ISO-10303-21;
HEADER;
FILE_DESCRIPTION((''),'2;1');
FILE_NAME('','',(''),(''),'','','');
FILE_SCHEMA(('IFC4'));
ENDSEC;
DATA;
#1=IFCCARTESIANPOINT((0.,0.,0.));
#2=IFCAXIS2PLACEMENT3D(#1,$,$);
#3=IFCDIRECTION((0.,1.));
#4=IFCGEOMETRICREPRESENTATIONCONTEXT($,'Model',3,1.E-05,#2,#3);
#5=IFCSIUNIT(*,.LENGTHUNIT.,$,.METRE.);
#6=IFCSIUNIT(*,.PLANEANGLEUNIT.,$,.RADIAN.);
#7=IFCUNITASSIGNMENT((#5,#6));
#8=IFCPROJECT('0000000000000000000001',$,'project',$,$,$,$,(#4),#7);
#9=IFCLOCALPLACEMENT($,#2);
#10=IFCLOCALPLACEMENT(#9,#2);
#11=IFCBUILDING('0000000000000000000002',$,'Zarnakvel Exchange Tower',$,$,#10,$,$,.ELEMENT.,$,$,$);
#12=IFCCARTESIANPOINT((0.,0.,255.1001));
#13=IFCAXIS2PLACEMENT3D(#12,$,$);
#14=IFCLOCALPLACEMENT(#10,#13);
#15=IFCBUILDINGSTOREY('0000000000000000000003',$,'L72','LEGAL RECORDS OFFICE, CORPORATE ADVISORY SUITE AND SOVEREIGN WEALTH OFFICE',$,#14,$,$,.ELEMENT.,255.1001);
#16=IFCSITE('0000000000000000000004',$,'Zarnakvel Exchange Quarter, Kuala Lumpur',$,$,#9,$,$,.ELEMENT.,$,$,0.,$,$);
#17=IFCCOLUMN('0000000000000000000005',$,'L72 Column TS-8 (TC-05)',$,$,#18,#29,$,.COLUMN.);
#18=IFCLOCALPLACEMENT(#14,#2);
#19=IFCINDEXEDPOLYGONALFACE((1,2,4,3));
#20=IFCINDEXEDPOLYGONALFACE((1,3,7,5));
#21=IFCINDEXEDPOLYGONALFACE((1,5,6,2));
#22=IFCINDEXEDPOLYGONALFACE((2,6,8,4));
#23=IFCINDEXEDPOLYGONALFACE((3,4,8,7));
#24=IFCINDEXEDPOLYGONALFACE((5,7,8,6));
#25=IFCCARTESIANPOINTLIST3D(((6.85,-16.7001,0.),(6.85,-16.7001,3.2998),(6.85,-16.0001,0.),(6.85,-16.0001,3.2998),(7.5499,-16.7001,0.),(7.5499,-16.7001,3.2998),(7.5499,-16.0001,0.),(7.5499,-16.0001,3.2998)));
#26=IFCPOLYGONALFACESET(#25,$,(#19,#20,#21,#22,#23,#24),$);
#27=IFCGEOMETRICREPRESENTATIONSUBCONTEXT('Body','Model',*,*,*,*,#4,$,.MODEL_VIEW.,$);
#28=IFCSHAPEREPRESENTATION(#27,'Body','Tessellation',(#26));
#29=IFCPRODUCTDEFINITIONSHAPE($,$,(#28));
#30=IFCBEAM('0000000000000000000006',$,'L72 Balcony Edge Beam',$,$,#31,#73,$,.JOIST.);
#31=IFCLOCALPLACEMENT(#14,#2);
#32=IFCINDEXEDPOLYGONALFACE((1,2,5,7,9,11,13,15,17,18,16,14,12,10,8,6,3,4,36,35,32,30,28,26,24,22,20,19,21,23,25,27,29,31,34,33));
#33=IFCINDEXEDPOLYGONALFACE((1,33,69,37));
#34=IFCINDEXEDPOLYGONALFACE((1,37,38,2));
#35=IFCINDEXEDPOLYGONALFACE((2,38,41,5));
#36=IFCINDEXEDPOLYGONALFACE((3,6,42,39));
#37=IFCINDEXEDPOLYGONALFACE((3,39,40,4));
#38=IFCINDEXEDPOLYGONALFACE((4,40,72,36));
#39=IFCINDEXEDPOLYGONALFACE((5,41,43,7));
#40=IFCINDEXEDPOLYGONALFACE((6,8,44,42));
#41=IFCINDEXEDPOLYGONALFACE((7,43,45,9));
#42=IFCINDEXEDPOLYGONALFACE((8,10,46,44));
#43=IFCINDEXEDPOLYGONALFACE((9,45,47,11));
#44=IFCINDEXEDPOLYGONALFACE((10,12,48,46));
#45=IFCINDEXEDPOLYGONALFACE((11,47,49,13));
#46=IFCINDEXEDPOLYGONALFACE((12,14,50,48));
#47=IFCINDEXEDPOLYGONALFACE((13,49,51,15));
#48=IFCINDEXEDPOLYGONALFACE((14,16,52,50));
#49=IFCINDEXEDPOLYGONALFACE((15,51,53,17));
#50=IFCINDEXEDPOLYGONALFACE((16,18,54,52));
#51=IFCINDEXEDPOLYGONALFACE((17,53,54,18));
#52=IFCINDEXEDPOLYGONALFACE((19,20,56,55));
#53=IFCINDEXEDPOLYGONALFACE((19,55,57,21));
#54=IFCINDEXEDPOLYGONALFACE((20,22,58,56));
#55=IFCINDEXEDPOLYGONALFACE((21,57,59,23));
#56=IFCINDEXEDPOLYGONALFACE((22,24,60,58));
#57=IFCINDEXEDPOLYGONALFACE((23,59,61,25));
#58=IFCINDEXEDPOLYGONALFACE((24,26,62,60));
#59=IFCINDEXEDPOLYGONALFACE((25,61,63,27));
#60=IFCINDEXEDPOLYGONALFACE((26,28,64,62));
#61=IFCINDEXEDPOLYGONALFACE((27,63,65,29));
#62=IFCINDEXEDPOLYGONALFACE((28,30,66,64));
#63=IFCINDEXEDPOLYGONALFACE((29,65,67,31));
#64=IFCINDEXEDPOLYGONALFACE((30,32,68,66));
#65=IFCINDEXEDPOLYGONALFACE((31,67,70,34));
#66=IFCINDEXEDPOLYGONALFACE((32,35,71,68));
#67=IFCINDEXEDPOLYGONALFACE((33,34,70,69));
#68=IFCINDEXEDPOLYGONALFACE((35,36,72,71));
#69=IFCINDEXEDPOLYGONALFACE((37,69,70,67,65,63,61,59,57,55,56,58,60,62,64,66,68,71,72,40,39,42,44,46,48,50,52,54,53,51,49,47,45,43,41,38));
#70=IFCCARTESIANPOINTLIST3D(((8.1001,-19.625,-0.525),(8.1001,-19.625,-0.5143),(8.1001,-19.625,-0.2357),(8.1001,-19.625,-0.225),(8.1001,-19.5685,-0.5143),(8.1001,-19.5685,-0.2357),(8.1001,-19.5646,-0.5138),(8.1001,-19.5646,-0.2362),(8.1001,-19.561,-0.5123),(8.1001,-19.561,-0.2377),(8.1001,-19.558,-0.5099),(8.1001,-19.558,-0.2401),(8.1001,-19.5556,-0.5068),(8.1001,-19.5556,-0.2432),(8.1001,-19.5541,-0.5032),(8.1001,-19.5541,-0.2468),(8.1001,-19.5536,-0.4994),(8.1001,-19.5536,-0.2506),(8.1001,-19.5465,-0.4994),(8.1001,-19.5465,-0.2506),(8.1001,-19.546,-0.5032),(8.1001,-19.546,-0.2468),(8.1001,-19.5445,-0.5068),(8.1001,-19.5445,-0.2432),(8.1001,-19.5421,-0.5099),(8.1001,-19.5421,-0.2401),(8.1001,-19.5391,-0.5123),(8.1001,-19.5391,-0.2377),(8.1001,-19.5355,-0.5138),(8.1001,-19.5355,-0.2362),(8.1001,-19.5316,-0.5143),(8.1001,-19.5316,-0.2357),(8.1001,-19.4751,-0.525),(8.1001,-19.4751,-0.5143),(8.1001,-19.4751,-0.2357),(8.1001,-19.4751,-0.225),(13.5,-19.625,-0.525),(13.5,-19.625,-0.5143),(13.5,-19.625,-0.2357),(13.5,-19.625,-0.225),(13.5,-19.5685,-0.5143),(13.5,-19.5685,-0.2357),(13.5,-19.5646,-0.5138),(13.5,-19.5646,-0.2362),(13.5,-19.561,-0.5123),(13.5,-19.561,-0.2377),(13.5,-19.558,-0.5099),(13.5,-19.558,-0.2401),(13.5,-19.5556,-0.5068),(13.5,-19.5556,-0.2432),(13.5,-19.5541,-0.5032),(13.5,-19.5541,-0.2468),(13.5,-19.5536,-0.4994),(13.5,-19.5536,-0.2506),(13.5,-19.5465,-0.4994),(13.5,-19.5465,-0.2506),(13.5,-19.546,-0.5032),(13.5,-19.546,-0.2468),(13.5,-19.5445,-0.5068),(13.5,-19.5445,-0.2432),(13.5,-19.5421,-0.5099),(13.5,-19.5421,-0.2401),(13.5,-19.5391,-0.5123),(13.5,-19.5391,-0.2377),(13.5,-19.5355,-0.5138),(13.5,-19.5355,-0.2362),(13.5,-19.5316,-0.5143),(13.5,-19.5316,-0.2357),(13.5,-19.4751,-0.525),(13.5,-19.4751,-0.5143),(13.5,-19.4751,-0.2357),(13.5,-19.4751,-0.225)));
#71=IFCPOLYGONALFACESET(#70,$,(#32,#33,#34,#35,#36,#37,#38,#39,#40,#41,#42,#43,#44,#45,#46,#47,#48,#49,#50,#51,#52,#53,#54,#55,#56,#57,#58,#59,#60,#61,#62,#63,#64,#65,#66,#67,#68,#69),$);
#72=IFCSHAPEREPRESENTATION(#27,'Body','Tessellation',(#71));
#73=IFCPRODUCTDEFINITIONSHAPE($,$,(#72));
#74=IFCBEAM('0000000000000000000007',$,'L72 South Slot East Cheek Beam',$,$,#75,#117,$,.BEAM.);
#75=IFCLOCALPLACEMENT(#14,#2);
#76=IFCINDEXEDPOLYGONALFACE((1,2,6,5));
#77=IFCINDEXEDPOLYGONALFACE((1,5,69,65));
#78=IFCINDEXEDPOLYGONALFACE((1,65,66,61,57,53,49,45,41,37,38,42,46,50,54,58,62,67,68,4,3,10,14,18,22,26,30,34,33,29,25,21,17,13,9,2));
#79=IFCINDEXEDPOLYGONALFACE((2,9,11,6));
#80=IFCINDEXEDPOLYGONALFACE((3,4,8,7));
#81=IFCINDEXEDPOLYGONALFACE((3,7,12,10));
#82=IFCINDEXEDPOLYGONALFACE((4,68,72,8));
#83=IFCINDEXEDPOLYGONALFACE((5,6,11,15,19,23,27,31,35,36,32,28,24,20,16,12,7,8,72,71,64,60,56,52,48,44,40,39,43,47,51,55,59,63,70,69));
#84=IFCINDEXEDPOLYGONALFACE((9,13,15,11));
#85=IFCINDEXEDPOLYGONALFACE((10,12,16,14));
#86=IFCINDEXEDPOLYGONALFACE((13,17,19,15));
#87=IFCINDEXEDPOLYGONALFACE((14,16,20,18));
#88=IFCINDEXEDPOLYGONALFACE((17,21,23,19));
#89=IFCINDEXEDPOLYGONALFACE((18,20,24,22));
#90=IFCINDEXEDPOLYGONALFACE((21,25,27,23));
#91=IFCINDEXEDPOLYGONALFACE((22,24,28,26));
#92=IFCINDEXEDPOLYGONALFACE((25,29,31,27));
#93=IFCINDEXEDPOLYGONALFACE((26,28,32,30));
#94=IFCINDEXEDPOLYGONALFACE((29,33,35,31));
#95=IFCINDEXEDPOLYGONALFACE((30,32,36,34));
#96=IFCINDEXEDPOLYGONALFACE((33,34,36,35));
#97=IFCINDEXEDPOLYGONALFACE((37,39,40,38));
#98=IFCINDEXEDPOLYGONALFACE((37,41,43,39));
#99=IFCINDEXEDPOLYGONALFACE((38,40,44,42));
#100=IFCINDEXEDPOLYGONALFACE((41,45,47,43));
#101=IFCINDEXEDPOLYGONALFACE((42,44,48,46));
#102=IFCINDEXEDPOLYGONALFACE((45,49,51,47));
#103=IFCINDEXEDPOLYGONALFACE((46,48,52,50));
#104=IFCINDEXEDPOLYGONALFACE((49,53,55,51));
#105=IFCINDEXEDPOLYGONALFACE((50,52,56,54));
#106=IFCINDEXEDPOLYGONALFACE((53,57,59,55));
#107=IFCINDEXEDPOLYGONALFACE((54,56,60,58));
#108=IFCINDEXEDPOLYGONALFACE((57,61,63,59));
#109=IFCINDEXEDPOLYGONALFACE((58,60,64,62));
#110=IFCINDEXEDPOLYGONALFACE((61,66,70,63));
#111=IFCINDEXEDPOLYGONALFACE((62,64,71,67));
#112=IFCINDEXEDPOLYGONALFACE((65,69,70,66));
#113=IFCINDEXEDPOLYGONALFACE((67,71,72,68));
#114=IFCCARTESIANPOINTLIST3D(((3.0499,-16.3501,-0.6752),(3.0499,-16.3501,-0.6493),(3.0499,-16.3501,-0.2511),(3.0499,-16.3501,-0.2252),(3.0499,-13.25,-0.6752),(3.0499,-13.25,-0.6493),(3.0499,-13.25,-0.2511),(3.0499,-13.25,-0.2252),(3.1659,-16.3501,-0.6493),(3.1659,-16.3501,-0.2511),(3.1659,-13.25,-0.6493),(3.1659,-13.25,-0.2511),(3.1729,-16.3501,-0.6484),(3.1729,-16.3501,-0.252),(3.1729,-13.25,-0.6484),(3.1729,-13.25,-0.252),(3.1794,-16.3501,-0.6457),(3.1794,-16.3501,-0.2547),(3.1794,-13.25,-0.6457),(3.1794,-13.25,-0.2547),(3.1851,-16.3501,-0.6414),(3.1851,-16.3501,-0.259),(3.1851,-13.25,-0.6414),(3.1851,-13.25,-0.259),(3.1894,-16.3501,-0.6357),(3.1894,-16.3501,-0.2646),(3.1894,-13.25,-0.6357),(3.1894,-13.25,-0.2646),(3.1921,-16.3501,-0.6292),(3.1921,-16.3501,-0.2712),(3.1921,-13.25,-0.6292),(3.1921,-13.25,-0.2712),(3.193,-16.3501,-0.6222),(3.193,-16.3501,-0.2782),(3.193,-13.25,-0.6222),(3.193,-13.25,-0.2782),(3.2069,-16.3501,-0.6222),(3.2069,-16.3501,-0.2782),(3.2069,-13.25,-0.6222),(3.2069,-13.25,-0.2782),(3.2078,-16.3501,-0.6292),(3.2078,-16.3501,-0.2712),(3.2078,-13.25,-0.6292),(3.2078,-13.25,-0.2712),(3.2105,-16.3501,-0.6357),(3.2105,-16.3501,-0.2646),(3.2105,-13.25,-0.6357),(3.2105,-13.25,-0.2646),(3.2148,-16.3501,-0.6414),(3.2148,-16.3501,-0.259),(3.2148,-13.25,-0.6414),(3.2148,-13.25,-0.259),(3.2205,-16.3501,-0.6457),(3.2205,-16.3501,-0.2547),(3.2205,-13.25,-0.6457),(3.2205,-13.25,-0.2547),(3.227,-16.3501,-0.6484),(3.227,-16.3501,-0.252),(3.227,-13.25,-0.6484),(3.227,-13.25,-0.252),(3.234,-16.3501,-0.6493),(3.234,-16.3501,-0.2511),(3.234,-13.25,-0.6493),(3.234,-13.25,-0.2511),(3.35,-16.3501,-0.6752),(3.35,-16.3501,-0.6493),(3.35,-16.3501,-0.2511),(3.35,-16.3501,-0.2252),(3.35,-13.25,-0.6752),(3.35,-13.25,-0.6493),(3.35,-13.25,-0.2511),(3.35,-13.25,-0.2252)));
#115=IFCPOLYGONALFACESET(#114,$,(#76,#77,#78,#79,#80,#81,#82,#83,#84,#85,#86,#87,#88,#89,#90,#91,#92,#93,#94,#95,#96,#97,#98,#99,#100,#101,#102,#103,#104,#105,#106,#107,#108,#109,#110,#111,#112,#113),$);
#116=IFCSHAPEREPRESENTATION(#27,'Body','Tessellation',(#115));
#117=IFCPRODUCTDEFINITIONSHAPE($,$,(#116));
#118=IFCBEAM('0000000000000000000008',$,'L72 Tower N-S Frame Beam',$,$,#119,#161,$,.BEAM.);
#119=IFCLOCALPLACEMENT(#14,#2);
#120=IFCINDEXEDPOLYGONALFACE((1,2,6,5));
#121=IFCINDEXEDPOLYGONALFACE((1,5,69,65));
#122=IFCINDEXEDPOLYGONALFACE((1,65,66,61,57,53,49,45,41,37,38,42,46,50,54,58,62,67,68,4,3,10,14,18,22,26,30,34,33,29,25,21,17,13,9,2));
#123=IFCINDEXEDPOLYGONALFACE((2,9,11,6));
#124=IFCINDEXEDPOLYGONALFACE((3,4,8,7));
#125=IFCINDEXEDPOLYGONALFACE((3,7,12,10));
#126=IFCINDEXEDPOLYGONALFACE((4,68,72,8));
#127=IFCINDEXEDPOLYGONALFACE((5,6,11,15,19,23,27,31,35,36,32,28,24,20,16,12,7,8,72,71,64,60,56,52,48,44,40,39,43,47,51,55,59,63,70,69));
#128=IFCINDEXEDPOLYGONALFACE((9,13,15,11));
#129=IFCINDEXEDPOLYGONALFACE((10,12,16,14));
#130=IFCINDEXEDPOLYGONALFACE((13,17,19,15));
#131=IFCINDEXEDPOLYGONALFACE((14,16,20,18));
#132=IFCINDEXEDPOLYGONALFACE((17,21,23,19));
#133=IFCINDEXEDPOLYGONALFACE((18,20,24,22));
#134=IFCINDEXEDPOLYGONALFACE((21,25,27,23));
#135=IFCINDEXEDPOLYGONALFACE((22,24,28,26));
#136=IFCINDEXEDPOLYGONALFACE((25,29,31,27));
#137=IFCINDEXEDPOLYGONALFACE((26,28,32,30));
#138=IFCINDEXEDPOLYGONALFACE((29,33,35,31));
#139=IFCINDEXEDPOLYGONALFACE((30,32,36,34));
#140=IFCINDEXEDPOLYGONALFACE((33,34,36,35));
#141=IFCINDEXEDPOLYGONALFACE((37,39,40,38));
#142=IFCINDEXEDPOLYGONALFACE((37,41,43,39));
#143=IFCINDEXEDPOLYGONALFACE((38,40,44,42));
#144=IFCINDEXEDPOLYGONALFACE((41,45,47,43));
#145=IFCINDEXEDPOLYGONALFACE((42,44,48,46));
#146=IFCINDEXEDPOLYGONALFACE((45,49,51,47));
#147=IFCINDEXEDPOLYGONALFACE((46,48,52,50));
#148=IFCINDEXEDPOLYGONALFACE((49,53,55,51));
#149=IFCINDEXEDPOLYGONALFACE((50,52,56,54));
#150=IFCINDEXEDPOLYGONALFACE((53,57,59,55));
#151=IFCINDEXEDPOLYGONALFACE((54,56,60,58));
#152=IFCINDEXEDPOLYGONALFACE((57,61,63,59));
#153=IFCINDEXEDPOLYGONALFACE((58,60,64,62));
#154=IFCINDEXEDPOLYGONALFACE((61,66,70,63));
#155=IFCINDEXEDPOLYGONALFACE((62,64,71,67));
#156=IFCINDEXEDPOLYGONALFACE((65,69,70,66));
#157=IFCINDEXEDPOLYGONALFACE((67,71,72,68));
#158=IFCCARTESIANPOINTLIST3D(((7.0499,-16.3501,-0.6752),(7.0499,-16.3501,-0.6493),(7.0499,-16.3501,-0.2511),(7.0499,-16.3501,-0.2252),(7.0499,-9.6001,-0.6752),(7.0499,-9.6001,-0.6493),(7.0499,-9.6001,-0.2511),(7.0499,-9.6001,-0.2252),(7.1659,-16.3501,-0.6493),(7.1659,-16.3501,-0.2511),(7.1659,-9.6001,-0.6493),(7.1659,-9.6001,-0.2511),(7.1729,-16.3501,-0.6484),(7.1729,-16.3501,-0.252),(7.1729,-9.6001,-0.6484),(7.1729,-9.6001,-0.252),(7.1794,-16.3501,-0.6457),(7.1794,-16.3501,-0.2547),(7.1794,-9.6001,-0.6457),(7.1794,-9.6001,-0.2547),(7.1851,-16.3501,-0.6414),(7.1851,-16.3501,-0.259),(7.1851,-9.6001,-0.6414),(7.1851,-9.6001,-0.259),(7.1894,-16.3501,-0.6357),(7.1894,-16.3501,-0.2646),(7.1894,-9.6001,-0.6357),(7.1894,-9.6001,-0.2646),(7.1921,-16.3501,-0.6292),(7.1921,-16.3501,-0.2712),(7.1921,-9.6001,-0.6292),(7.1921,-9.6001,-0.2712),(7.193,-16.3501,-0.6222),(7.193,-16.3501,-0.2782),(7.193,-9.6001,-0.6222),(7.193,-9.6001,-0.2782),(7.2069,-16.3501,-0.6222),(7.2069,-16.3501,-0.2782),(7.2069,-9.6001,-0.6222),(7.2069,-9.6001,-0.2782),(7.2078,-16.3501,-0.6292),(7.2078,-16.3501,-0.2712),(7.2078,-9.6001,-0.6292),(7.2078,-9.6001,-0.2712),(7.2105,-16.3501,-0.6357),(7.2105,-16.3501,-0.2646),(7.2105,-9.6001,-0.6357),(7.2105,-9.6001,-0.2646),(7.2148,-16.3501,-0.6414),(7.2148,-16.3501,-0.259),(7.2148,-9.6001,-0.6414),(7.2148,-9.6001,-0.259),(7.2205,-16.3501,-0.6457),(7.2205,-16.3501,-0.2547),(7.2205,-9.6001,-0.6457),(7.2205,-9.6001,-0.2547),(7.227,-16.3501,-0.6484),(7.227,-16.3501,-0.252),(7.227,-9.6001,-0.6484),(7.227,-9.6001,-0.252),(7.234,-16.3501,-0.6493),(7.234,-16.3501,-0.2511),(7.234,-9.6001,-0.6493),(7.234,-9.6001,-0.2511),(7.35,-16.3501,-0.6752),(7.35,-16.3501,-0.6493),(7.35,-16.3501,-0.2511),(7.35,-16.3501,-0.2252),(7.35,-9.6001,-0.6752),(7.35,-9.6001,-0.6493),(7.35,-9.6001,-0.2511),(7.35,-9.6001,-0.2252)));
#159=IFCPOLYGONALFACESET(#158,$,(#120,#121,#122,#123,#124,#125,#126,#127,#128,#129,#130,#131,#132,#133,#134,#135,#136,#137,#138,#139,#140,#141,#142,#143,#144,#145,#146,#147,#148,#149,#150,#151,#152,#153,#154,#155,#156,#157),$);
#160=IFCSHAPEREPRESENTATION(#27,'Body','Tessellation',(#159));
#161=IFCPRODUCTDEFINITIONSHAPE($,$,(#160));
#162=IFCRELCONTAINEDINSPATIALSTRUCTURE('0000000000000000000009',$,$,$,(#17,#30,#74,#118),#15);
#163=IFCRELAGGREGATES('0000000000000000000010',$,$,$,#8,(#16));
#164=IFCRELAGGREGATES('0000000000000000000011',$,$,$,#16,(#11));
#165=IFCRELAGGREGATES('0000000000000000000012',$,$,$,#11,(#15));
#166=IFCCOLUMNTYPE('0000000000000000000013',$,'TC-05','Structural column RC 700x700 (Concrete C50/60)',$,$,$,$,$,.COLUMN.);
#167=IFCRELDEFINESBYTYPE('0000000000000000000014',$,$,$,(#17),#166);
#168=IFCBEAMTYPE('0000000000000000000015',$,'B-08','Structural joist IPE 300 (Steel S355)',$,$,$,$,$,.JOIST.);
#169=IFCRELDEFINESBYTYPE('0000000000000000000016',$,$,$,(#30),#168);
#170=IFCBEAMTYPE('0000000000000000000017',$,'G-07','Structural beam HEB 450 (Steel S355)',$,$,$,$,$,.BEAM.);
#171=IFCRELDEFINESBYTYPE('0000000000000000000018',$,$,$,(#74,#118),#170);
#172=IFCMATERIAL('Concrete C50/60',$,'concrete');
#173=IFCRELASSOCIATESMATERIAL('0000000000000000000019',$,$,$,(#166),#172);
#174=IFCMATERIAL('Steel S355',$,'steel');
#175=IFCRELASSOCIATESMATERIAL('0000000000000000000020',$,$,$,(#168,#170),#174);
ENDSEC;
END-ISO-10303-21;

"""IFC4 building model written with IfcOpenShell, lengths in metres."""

from ifc_helpers import new_model, si_unit, direction, frame, origin, origin_2d, place, context, subcontext, project, spatial, rectangle, i_section, extrude, material, material_profile, profile_set, type_object, element, save


model = new_model("IFC4")

# Units and contexts
model_context = context("Model", 3, precision=1e-05, world=origin(), true_north=direction((0.0, 1.0)))
body_context = subcontext(model_context, "Body", "Model", "MODEL_VIEW")
ifc_project = project(units=[si_unit("LENGTHUNIT", "METRE"), si_unit("PLANEANGLEUNIT", "RADIAN")], contexts=[model_context])

# Site, building, storey
site_placement = place(None, origin())
site = spatial("IfcSite", under=ifc_project, at=site_placement, Name="Zarnakvel Exchange Quarter, Kuala Lumpur", CompositionType="ELEMENT", RefElevation=0.0)
building_placement = place(site_placement, origin())
building = spatial("IfcBuilding", under=site, at=building_placement, Name="Zarnakvel Exchange Tower", CompositionType="ELEMENT")
storey_placement = place(building_placement, frame((0.0, 0.0, 255.1001)))
storey = spatial("IfcBuildingStorey", under=building, at=storey_placement, Name="L72", Description="LEGAL RECORDS OFFICE, CORPORATE ADVISORY SUITE AND SOVEREIGN WEALTH OFFICE", CompositionType="ELEMENT", Elevation=255.1001)

# Column
ifc_material_1 = material(Name="Concrete C50/60", Category="concrete")
ifc_material_profile_1 = material_profile(ifc_material_1, rectangle(XDim=0.7, YDim=0.7, at=origin_2d()))
ifc_profile_set_1 = profile_set([ifc_material_profile_1], Name="Concrete C50/60")
column_type = type_object("IfcColumnType", Name="TC-05", Description="Structural column RC 700x700 (Concrete C50/60)", PredefinedType="COLUMN", material=ifc_profile_set_1)
column_placement = place(storey_placement, frame((7.2, -16.3501, 0.0), z_axis=(0.0, 0.0, 1.0), x_axis=(1.0, 0.0, 0.0)))
element("IfcColumn", 1, at=column_placement, inside=storey, type_object=column_type, Name="L72 Column TS-8 (TC-05)", PredefinedType="COLUMN", context=body_context, shape_type="SweptSolid", body=[
    extrude(rectangle(XDim=0.7, YDim=0.7, at=origin_2d()), origin(), (0.0, 0.0, 1.0), 3.2998),
])

# Beams
ifc_material_2 = material(Name="Steel S355", Category="steel")
ifc_material_profile_2 = material_profile(ifc_material_2, i_section(OverallWidth=0.1499, OverallDepth=0.3, WebThickness=0.0071, FlangeThickness=0.0107, FilletRadius=0.0149, at=origin_2d()))
ifc_profile_set_2 = profile_set([ifc_material_profile_2], Name="Steel S355")
beam_type_1 = type_object("IfcBeamType", Name="B-08", Description="Structural joist IPE 300 (Steel S355)", PredefinedType="JOIST", material=ifc_profile_set_2)
beam_1_placement = place(storey_placement, frame((8.1001, -19.55, -0.375), z_axis=(1.0, 0.0, 0.0), x_axis=(0.0, 1.0, 0.0)))
element("IfcBeam", 2, at=beam_1_placement, inside=storey, type_object=beam_type_1, Name="L72 Balcony Edge Beam", PredefinedType="JOIST", context=body_context, shape_type="SweptSolid", body=[
    extrude(i_section(OverallWidth=0.1499, OverallDepth=0.3, WebThickness=0.0071, FlangeThickness=0.0107, FilletRadius=0.0149, at=origin_2d()), origin(), (0.0, 0.0, 1.0), 5.3999),
])
ifc_material_profile_3 = material_profile(ifc_material_2, i_section(OverallWidth=0.3, OverallDepth=0.45, WebThickness=0.0139, FlangeThickness=0.0259, FilletRadius=0.0271, at=origin_2d()))
ifc_profile_set_3 = profile_set([ifc_material_profile_3], Name="Steel S355")
beam_type_2 = type_object("IfcBeamType", Name="G-07", Description="Structural beam HEB 450 (Steel S355)", PredefinedType="BEAM", material=ifc_profile_set_3)
beam_2_placement = place(storey_placement, frame((3.2, -16.3501, -0.4502), z_axis=(0.0, 1.0, 0.0), x_axis=(-1.0, 0.0, 0.0)))
element("IfcBeam", 3, at=beam_2_placement, inside=storey, type_object=beam_type_2, Name="L72 South Slot East Cheek Beam", PredefinedType="BEAM", context=body_context, shape_type="SweptSolid", body=[
    extrude(i_section(OverallWidth=0.3, OverallDepth=0.45, WebThickness=0.0139, FlangeThickness=0.0259, FilletRadius=0.0271, at=origin_2d()), origin(), (0.0, 0.0, 1.0), 3.1001),
])
beam_3_placement = place(storey_placement, frame((7.2, -16.3501, -0.4502), z_axis=(0.0, 1.0, 0.0), x_axis=(-1.0, 0.0, 0.0)))
element("IfcBeam", 4, at=beam_3_placement, inside=storey, type_object=beam_type_2, Name="L72 Tower N-S Frame Beam", PredefinedType="BEAM", context=body_context, shape_type="SweptSolid", body=[
    extrude(i_section(OverallWidth=0.3, OverallDepth=0.45, WebThickness=0.0139, FlangeThickness=0.0259, FilletRadius=0.0271, at=origin_2d()), origin(), (0.0, 0.0, 1.0), 6.75),
])

save(model, "model.ifc")
